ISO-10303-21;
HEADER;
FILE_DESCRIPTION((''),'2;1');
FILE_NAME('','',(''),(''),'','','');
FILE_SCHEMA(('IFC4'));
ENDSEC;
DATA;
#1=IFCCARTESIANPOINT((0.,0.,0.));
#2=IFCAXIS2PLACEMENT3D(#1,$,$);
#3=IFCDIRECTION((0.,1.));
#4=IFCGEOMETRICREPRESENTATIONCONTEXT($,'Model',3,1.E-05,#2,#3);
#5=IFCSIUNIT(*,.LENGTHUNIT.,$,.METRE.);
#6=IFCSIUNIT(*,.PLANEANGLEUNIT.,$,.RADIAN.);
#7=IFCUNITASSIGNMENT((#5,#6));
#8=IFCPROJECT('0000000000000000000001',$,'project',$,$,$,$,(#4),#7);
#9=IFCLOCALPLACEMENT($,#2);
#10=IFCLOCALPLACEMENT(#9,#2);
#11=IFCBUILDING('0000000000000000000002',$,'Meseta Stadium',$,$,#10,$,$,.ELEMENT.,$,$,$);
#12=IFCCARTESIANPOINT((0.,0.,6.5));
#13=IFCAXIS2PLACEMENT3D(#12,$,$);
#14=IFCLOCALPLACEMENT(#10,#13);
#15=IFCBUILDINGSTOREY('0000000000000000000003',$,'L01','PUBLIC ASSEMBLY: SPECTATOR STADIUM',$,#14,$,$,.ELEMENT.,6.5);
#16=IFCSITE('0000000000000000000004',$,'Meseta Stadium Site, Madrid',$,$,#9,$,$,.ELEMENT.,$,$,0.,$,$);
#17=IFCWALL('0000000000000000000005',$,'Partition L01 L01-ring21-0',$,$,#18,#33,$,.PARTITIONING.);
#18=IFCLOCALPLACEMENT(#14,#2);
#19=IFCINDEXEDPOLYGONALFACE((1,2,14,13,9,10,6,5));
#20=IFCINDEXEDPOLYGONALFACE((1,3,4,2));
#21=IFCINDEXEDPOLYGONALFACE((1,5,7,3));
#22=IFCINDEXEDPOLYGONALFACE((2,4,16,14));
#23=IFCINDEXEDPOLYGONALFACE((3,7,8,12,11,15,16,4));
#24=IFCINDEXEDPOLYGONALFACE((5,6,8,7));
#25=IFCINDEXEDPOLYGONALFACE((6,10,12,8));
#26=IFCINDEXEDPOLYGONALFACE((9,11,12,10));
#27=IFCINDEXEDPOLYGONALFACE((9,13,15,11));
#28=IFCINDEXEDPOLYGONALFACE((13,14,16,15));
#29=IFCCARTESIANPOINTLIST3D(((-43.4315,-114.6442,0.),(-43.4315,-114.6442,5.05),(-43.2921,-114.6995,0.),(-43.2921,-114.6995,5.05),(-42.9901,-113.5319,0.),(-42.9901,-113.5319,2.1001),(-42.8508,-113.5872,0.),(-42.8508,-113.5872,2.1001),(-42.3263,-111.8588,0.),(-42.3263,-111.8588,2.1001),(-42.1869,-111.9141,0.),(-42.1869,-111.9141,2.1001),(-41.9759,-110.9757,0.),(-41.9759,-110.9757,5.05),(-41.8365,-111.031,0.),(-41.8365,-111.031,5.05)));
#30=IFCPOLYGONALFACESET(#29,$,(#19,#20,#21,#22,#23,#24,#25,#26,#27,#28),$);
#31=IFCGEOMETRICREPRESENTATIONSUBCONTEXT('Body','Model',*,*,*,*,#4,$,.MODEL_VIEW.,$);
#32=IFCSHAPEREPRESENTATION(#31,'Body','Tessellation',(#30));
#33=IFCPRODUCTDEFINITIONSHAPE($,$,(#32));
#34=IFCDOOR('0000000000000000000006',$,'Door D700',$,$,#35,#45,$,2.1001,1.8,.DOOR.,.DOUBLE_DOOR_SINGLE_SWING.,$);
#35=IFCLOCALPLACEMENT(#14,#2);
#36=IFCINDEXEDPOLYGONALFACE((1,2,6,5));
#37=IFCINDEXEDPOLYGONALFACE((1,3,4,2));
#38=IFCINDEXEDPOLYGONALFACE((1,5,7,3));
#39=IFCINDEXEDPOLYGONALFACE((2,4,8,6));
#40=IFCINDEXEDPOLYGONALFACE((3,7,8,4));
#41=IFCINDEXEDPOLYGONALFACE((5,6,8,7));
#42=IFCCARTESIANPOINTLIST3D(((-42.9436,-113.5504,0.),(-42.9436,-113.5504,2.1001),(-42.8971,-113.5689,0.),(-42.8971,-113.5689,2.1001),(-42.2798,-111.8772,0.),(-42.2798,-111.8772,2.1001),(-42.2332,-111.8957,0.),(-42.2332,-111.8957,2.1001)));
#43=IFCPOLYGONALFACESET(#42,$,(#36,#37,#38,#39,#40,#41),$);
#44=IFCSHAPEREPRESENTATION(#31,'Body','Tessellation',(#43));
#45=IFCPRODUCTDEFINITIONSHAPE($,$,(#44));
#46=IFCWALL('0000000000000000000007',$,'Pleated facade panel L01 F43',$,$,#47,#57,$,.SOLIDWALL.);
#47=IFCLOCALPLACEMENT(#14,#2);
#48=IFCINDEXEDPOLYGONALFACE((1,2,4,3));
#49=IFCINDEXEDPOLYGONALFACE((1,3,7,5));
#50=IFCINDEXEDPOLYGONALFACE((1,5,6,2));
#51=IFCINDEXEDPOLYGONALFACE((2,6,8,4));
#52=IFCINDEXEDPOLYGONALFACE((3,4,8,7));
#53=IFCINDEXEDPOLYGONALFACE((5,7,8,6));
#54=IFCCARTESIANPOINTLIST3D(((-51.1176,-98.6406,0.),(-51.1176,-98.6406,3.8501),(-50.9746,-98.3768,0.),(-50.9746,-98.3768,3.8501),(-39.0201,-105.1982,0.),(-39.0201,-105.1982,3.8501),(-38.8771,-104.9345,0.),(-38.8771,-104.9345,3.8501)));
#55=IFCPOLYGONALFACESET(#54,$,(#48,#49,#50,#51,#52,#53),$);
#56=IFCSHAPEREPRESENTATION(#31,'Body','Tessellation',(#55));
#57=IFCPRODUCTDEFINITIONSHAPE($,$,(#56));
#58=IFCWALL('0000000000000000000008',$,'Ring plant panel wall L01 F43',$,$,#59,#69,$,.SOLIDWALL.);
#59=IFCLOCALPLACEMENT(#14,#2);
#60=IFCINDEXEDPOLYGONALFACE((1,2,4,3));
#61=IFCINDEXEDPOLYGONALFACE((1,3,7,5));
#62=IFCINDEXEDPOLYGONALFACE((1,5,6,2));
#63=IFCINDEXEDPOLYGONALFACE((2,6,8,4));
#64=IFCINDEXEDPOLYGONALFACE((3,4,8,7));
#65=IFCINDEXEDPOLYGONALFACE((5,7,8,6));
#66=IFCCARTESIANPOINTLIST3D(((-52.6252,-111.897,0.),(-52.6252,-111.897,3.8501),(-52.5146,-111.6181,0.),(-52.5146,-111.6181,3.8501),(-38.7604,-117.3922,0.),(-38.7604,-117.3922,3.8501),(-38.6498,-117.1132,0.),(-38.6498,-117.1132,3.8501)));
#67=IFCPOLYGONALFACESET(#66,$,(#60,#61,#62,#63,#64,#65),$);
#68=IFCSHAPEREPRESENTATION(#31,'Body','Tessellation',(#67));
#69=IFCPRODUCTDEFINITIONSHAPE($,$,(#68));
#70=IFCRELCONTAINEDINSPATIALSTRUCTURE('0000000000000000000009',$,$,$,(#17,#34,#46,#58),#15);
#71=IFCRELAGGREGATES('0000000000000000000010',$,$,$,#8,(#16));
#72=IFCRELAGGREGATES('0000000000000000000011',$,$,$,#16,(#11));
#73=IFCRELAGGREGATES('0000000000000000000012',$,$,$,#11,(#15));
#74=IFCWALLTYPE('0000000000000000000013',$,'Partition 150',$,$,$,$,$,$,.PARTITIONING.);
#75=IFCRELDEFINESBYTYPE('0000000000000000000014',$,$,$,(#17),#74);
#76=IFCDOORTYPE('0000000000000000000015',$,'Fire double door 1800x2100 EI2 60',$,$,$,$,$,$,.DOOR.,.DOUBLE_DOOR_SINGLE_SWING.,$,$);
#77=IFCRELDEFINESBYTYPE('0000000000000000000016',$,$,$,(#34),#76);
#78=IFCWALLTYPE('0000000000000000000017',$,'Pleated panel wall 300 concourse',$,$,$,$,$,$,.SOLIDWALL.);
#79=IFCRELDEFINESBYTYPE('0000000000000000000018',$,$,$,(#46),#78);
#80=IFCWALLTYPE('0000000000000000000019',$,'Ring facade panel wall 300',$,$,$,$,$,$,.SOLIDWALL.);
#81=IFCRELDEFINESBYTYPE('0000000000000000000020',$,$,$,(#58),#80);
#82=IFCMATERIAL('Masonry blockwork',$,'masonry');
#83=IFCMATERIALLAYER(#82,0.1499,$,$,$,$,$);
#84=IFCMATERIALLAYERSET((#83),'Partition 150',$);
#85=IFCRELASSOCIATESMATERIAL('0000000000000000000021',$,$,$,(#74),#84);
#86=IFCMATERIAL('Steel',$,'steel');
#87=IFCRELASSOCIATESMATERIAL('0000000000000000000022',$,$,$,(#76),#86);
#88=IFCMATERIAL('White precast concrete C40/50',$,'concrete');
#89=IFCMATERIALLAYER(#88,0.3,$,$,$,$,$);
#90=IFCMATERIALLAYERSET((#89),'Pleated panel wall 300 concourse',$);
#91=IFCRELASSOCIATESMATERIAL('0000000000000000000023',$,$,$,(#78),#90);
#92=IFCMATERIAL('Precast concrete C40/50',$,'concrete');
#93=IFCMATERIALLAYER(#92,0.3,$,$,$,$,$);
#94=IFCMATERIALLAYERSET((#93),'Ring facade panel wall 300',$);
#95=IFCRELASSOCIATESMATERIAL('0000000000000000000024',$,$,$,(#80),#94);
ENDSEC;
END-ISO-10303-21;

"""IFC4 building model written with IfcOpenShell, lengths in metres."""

from ifc_helpers import new_model, si_unit, direction, frame, frame_2d, origin, place, context, subcontext, project, spatial, rectangle, extrude, material, layer, layer_set, type_object, element, fill, save


model = new_model("IFC4")

# Units and contexts
model_context = context("Model", 3, precision=1e-05, world=origin(), true_north=direction((0.0, 1.0)))
body_context = subcontext(model_context, "Body", "Model", "MODEL_VIEW")
ifc_project = project(units=[si_unit("LENGTHUNIT", "METRE"), si_unit("PLANEANGLEUNIT", "RADIAN")], contexts=[model_context])

# Site, building, storey
site_placement = place(None, origin())
site = spatial("IfcSite", under=ifc_project, at=site_placement, Name="Meseta Stadium Site, Madrid", CompositionType="ELEMENT", RefElevation=0.0)
building_placement = place(site_placement, origin())
building = spatial("IfcBuilding", under=site, at=building_placement, Name="Meseta Stadium", CompositionType="ELEMENT")
storey_placement = place(building_placement, frame((0.0, 0.0, 6.5)))
storey = spatial("IfcBuildingStorey", under=building, at=storey_placement, Name="L01", Description="PUBLIC ASSEMBLY: SPECTATOR STADIUM", CompositionType="ELEMENT", Elevation=6.5)

# Shared definitions
ifc_material_1 = material(Name="Masonry blockwork", Category="masonry")
ifc_layer_1 = layer(ifc_material_1, 0.1499)
ifc_layer_set_1 = layer_set([ifc_layer_1], Name="Partition 150")
wall_type_1 = type_object("IfcWallType", Name="Partition 150", PredefinedType="PARTITIONING", material=ifc_layer_set_1)

# Wall, opening, door
wall_1_placement = place(storey_placement, frame((-43.3618, -114.6719, 0.0), z_axis=(0.0, 0.0, 1.0), x_axis=(0.368808, 0.929506, 0.0)))
wall_1 = element("IfcWall", 1, at=wall_1_placement, inside=storey, type_object=wall_type_1, Name="Partition L01 L01-ring21-0", PredefinedType="PARTITIONING", context=body_context, shape_type="SweptSolid", body=[
    extrude(rectangle(XDim=3.9468, YDim=0.1499, at=frame_2d((1.9734, 0.0))), origin(), (0.0, 0.0, 1.0), 5.05),
])
opening_placement = place(wall_1_placement, frame((1.1968, 0.0, 0.0)))
opening = element("IfcOpeningElement", 2, at=opening_placement, cuts=wall_1, PredefinedType="OPENING", context=body_context, shape_type="SweptSolid", body=[
    extrude(rectangle(XDim=1.8, YDim=2.1001, at=frame_2d((0.8999, 1.05))), frame((0.0, 0.085, 0.0), z_axis=(0.0, -1.0, 0.0), x_axis=(1.0, 0.0, 0.0)), (0.0, 0.0, 1.0), 0.1699),
])
ifc_material_2 = material(Name="Steel", Category="steel")
door_type = type_object("IfcDoorType", Name="Fire double door 1800x2100 EI2 60", OperationType="DOUBLE_DOOR_SINGLE_SWING", PredefinedType="DOOR", material=ifc_material_2)
door_placement = place(opening_placement, origin())
door = element("IfcDoor", 3, at=door_placement, inside=storey, type_object=door_type, Name="Door D700", OperationType="DOUBLE_DOOR_SINGLE_SWING", OverallHeight=2.1001, OverallWidth=1.8, PredefinedType="DOOR", context=body_context, shape_type="SweptSolid", body=[
    extrude(rectangle(XDim=1.8, YDim=2.1001, at=frame_2d((0.8999, 1.05))), frame((0.0, 0.0249, 0.0), z_axis=(0.0, -1.0, 0.0), x_axis=(1.0, 0.0, 0.0)), (0.0, 0.0, 1.0), 0.05),
])
fill(opening, door)

# Walls
ifc_material_3 = material(Name="White precast concrete C40/50", Category="concrete")
ifc_layer_2 = layer(ifc_material_3, 0.3)
ifc_layer_set_2 = layer_set([ifc_layer_2], Name="Pleated panel wall 300 concourse")
wall_type_2 = type_object("IfcWallType", Name="Pleated panel wall 300 concourse", PredefinedType="SOLIDWALL", material=ifc_layer_set_2)
wall_2_placement = place(storey_placement, frame((-38.9485, -105.0664, 0.0), z_axis=(0.0, 0.0, 1.0), x_axis=(-0.879144, 0.476556, 0.0)))
element("IfcWall", 4, at=wall_2_placement, inside=storey, type_object=wall_type_2, Name="Pleated facade panel L01 F43", PredefinedType="SOLIDWALL", context=body_context, shape_type="SweptSolid", body=[
    extrude(rectangle(XDim=13.7605, YDim=0.3, at=frame_2d((6.8804, 0.0))), origin(), (0.0, 0.0, 1.0), 3.8501),
])
ifc_material_4 = material(Name="Precast concrete C40/50", Category="concrete")
ifc_layer_3 = layer(ifc_material_4, 0.3)
ifc_layer_set_3 = layer_set([ifc_layer_3], Name="Ring facade panel wall 300")
wall_type_3 = type_object("IfcWallType", Name="Ring facade panel wall 300", PredefinedType="SOLIDWALL", material=ifc_layer_set_3)
wall_3_placement = place(storey_placement, frame((-38.7051, -117.2527, 0.0), z_axis=(0.0, 0.0, 1.0), x_axis=(-0.929646, 0.368454, 0.0)))
element("IfcWall", 5, at=wall_3_placement, inside=storey, type_object=wall_type_3, Name="Ring plant panel wall L01 F43", PredefinedType="SOLIDWALL", context=body_context, shape_type="SweptSolid", body=[
    extrude(rectangle(XDim=14.9141, YDim=0.3, at=frame_2d((7.457, 0.0))), origin(), (0.0, 0.0, 1.0), 3.8501),
])

save(model, "model.ifc")
